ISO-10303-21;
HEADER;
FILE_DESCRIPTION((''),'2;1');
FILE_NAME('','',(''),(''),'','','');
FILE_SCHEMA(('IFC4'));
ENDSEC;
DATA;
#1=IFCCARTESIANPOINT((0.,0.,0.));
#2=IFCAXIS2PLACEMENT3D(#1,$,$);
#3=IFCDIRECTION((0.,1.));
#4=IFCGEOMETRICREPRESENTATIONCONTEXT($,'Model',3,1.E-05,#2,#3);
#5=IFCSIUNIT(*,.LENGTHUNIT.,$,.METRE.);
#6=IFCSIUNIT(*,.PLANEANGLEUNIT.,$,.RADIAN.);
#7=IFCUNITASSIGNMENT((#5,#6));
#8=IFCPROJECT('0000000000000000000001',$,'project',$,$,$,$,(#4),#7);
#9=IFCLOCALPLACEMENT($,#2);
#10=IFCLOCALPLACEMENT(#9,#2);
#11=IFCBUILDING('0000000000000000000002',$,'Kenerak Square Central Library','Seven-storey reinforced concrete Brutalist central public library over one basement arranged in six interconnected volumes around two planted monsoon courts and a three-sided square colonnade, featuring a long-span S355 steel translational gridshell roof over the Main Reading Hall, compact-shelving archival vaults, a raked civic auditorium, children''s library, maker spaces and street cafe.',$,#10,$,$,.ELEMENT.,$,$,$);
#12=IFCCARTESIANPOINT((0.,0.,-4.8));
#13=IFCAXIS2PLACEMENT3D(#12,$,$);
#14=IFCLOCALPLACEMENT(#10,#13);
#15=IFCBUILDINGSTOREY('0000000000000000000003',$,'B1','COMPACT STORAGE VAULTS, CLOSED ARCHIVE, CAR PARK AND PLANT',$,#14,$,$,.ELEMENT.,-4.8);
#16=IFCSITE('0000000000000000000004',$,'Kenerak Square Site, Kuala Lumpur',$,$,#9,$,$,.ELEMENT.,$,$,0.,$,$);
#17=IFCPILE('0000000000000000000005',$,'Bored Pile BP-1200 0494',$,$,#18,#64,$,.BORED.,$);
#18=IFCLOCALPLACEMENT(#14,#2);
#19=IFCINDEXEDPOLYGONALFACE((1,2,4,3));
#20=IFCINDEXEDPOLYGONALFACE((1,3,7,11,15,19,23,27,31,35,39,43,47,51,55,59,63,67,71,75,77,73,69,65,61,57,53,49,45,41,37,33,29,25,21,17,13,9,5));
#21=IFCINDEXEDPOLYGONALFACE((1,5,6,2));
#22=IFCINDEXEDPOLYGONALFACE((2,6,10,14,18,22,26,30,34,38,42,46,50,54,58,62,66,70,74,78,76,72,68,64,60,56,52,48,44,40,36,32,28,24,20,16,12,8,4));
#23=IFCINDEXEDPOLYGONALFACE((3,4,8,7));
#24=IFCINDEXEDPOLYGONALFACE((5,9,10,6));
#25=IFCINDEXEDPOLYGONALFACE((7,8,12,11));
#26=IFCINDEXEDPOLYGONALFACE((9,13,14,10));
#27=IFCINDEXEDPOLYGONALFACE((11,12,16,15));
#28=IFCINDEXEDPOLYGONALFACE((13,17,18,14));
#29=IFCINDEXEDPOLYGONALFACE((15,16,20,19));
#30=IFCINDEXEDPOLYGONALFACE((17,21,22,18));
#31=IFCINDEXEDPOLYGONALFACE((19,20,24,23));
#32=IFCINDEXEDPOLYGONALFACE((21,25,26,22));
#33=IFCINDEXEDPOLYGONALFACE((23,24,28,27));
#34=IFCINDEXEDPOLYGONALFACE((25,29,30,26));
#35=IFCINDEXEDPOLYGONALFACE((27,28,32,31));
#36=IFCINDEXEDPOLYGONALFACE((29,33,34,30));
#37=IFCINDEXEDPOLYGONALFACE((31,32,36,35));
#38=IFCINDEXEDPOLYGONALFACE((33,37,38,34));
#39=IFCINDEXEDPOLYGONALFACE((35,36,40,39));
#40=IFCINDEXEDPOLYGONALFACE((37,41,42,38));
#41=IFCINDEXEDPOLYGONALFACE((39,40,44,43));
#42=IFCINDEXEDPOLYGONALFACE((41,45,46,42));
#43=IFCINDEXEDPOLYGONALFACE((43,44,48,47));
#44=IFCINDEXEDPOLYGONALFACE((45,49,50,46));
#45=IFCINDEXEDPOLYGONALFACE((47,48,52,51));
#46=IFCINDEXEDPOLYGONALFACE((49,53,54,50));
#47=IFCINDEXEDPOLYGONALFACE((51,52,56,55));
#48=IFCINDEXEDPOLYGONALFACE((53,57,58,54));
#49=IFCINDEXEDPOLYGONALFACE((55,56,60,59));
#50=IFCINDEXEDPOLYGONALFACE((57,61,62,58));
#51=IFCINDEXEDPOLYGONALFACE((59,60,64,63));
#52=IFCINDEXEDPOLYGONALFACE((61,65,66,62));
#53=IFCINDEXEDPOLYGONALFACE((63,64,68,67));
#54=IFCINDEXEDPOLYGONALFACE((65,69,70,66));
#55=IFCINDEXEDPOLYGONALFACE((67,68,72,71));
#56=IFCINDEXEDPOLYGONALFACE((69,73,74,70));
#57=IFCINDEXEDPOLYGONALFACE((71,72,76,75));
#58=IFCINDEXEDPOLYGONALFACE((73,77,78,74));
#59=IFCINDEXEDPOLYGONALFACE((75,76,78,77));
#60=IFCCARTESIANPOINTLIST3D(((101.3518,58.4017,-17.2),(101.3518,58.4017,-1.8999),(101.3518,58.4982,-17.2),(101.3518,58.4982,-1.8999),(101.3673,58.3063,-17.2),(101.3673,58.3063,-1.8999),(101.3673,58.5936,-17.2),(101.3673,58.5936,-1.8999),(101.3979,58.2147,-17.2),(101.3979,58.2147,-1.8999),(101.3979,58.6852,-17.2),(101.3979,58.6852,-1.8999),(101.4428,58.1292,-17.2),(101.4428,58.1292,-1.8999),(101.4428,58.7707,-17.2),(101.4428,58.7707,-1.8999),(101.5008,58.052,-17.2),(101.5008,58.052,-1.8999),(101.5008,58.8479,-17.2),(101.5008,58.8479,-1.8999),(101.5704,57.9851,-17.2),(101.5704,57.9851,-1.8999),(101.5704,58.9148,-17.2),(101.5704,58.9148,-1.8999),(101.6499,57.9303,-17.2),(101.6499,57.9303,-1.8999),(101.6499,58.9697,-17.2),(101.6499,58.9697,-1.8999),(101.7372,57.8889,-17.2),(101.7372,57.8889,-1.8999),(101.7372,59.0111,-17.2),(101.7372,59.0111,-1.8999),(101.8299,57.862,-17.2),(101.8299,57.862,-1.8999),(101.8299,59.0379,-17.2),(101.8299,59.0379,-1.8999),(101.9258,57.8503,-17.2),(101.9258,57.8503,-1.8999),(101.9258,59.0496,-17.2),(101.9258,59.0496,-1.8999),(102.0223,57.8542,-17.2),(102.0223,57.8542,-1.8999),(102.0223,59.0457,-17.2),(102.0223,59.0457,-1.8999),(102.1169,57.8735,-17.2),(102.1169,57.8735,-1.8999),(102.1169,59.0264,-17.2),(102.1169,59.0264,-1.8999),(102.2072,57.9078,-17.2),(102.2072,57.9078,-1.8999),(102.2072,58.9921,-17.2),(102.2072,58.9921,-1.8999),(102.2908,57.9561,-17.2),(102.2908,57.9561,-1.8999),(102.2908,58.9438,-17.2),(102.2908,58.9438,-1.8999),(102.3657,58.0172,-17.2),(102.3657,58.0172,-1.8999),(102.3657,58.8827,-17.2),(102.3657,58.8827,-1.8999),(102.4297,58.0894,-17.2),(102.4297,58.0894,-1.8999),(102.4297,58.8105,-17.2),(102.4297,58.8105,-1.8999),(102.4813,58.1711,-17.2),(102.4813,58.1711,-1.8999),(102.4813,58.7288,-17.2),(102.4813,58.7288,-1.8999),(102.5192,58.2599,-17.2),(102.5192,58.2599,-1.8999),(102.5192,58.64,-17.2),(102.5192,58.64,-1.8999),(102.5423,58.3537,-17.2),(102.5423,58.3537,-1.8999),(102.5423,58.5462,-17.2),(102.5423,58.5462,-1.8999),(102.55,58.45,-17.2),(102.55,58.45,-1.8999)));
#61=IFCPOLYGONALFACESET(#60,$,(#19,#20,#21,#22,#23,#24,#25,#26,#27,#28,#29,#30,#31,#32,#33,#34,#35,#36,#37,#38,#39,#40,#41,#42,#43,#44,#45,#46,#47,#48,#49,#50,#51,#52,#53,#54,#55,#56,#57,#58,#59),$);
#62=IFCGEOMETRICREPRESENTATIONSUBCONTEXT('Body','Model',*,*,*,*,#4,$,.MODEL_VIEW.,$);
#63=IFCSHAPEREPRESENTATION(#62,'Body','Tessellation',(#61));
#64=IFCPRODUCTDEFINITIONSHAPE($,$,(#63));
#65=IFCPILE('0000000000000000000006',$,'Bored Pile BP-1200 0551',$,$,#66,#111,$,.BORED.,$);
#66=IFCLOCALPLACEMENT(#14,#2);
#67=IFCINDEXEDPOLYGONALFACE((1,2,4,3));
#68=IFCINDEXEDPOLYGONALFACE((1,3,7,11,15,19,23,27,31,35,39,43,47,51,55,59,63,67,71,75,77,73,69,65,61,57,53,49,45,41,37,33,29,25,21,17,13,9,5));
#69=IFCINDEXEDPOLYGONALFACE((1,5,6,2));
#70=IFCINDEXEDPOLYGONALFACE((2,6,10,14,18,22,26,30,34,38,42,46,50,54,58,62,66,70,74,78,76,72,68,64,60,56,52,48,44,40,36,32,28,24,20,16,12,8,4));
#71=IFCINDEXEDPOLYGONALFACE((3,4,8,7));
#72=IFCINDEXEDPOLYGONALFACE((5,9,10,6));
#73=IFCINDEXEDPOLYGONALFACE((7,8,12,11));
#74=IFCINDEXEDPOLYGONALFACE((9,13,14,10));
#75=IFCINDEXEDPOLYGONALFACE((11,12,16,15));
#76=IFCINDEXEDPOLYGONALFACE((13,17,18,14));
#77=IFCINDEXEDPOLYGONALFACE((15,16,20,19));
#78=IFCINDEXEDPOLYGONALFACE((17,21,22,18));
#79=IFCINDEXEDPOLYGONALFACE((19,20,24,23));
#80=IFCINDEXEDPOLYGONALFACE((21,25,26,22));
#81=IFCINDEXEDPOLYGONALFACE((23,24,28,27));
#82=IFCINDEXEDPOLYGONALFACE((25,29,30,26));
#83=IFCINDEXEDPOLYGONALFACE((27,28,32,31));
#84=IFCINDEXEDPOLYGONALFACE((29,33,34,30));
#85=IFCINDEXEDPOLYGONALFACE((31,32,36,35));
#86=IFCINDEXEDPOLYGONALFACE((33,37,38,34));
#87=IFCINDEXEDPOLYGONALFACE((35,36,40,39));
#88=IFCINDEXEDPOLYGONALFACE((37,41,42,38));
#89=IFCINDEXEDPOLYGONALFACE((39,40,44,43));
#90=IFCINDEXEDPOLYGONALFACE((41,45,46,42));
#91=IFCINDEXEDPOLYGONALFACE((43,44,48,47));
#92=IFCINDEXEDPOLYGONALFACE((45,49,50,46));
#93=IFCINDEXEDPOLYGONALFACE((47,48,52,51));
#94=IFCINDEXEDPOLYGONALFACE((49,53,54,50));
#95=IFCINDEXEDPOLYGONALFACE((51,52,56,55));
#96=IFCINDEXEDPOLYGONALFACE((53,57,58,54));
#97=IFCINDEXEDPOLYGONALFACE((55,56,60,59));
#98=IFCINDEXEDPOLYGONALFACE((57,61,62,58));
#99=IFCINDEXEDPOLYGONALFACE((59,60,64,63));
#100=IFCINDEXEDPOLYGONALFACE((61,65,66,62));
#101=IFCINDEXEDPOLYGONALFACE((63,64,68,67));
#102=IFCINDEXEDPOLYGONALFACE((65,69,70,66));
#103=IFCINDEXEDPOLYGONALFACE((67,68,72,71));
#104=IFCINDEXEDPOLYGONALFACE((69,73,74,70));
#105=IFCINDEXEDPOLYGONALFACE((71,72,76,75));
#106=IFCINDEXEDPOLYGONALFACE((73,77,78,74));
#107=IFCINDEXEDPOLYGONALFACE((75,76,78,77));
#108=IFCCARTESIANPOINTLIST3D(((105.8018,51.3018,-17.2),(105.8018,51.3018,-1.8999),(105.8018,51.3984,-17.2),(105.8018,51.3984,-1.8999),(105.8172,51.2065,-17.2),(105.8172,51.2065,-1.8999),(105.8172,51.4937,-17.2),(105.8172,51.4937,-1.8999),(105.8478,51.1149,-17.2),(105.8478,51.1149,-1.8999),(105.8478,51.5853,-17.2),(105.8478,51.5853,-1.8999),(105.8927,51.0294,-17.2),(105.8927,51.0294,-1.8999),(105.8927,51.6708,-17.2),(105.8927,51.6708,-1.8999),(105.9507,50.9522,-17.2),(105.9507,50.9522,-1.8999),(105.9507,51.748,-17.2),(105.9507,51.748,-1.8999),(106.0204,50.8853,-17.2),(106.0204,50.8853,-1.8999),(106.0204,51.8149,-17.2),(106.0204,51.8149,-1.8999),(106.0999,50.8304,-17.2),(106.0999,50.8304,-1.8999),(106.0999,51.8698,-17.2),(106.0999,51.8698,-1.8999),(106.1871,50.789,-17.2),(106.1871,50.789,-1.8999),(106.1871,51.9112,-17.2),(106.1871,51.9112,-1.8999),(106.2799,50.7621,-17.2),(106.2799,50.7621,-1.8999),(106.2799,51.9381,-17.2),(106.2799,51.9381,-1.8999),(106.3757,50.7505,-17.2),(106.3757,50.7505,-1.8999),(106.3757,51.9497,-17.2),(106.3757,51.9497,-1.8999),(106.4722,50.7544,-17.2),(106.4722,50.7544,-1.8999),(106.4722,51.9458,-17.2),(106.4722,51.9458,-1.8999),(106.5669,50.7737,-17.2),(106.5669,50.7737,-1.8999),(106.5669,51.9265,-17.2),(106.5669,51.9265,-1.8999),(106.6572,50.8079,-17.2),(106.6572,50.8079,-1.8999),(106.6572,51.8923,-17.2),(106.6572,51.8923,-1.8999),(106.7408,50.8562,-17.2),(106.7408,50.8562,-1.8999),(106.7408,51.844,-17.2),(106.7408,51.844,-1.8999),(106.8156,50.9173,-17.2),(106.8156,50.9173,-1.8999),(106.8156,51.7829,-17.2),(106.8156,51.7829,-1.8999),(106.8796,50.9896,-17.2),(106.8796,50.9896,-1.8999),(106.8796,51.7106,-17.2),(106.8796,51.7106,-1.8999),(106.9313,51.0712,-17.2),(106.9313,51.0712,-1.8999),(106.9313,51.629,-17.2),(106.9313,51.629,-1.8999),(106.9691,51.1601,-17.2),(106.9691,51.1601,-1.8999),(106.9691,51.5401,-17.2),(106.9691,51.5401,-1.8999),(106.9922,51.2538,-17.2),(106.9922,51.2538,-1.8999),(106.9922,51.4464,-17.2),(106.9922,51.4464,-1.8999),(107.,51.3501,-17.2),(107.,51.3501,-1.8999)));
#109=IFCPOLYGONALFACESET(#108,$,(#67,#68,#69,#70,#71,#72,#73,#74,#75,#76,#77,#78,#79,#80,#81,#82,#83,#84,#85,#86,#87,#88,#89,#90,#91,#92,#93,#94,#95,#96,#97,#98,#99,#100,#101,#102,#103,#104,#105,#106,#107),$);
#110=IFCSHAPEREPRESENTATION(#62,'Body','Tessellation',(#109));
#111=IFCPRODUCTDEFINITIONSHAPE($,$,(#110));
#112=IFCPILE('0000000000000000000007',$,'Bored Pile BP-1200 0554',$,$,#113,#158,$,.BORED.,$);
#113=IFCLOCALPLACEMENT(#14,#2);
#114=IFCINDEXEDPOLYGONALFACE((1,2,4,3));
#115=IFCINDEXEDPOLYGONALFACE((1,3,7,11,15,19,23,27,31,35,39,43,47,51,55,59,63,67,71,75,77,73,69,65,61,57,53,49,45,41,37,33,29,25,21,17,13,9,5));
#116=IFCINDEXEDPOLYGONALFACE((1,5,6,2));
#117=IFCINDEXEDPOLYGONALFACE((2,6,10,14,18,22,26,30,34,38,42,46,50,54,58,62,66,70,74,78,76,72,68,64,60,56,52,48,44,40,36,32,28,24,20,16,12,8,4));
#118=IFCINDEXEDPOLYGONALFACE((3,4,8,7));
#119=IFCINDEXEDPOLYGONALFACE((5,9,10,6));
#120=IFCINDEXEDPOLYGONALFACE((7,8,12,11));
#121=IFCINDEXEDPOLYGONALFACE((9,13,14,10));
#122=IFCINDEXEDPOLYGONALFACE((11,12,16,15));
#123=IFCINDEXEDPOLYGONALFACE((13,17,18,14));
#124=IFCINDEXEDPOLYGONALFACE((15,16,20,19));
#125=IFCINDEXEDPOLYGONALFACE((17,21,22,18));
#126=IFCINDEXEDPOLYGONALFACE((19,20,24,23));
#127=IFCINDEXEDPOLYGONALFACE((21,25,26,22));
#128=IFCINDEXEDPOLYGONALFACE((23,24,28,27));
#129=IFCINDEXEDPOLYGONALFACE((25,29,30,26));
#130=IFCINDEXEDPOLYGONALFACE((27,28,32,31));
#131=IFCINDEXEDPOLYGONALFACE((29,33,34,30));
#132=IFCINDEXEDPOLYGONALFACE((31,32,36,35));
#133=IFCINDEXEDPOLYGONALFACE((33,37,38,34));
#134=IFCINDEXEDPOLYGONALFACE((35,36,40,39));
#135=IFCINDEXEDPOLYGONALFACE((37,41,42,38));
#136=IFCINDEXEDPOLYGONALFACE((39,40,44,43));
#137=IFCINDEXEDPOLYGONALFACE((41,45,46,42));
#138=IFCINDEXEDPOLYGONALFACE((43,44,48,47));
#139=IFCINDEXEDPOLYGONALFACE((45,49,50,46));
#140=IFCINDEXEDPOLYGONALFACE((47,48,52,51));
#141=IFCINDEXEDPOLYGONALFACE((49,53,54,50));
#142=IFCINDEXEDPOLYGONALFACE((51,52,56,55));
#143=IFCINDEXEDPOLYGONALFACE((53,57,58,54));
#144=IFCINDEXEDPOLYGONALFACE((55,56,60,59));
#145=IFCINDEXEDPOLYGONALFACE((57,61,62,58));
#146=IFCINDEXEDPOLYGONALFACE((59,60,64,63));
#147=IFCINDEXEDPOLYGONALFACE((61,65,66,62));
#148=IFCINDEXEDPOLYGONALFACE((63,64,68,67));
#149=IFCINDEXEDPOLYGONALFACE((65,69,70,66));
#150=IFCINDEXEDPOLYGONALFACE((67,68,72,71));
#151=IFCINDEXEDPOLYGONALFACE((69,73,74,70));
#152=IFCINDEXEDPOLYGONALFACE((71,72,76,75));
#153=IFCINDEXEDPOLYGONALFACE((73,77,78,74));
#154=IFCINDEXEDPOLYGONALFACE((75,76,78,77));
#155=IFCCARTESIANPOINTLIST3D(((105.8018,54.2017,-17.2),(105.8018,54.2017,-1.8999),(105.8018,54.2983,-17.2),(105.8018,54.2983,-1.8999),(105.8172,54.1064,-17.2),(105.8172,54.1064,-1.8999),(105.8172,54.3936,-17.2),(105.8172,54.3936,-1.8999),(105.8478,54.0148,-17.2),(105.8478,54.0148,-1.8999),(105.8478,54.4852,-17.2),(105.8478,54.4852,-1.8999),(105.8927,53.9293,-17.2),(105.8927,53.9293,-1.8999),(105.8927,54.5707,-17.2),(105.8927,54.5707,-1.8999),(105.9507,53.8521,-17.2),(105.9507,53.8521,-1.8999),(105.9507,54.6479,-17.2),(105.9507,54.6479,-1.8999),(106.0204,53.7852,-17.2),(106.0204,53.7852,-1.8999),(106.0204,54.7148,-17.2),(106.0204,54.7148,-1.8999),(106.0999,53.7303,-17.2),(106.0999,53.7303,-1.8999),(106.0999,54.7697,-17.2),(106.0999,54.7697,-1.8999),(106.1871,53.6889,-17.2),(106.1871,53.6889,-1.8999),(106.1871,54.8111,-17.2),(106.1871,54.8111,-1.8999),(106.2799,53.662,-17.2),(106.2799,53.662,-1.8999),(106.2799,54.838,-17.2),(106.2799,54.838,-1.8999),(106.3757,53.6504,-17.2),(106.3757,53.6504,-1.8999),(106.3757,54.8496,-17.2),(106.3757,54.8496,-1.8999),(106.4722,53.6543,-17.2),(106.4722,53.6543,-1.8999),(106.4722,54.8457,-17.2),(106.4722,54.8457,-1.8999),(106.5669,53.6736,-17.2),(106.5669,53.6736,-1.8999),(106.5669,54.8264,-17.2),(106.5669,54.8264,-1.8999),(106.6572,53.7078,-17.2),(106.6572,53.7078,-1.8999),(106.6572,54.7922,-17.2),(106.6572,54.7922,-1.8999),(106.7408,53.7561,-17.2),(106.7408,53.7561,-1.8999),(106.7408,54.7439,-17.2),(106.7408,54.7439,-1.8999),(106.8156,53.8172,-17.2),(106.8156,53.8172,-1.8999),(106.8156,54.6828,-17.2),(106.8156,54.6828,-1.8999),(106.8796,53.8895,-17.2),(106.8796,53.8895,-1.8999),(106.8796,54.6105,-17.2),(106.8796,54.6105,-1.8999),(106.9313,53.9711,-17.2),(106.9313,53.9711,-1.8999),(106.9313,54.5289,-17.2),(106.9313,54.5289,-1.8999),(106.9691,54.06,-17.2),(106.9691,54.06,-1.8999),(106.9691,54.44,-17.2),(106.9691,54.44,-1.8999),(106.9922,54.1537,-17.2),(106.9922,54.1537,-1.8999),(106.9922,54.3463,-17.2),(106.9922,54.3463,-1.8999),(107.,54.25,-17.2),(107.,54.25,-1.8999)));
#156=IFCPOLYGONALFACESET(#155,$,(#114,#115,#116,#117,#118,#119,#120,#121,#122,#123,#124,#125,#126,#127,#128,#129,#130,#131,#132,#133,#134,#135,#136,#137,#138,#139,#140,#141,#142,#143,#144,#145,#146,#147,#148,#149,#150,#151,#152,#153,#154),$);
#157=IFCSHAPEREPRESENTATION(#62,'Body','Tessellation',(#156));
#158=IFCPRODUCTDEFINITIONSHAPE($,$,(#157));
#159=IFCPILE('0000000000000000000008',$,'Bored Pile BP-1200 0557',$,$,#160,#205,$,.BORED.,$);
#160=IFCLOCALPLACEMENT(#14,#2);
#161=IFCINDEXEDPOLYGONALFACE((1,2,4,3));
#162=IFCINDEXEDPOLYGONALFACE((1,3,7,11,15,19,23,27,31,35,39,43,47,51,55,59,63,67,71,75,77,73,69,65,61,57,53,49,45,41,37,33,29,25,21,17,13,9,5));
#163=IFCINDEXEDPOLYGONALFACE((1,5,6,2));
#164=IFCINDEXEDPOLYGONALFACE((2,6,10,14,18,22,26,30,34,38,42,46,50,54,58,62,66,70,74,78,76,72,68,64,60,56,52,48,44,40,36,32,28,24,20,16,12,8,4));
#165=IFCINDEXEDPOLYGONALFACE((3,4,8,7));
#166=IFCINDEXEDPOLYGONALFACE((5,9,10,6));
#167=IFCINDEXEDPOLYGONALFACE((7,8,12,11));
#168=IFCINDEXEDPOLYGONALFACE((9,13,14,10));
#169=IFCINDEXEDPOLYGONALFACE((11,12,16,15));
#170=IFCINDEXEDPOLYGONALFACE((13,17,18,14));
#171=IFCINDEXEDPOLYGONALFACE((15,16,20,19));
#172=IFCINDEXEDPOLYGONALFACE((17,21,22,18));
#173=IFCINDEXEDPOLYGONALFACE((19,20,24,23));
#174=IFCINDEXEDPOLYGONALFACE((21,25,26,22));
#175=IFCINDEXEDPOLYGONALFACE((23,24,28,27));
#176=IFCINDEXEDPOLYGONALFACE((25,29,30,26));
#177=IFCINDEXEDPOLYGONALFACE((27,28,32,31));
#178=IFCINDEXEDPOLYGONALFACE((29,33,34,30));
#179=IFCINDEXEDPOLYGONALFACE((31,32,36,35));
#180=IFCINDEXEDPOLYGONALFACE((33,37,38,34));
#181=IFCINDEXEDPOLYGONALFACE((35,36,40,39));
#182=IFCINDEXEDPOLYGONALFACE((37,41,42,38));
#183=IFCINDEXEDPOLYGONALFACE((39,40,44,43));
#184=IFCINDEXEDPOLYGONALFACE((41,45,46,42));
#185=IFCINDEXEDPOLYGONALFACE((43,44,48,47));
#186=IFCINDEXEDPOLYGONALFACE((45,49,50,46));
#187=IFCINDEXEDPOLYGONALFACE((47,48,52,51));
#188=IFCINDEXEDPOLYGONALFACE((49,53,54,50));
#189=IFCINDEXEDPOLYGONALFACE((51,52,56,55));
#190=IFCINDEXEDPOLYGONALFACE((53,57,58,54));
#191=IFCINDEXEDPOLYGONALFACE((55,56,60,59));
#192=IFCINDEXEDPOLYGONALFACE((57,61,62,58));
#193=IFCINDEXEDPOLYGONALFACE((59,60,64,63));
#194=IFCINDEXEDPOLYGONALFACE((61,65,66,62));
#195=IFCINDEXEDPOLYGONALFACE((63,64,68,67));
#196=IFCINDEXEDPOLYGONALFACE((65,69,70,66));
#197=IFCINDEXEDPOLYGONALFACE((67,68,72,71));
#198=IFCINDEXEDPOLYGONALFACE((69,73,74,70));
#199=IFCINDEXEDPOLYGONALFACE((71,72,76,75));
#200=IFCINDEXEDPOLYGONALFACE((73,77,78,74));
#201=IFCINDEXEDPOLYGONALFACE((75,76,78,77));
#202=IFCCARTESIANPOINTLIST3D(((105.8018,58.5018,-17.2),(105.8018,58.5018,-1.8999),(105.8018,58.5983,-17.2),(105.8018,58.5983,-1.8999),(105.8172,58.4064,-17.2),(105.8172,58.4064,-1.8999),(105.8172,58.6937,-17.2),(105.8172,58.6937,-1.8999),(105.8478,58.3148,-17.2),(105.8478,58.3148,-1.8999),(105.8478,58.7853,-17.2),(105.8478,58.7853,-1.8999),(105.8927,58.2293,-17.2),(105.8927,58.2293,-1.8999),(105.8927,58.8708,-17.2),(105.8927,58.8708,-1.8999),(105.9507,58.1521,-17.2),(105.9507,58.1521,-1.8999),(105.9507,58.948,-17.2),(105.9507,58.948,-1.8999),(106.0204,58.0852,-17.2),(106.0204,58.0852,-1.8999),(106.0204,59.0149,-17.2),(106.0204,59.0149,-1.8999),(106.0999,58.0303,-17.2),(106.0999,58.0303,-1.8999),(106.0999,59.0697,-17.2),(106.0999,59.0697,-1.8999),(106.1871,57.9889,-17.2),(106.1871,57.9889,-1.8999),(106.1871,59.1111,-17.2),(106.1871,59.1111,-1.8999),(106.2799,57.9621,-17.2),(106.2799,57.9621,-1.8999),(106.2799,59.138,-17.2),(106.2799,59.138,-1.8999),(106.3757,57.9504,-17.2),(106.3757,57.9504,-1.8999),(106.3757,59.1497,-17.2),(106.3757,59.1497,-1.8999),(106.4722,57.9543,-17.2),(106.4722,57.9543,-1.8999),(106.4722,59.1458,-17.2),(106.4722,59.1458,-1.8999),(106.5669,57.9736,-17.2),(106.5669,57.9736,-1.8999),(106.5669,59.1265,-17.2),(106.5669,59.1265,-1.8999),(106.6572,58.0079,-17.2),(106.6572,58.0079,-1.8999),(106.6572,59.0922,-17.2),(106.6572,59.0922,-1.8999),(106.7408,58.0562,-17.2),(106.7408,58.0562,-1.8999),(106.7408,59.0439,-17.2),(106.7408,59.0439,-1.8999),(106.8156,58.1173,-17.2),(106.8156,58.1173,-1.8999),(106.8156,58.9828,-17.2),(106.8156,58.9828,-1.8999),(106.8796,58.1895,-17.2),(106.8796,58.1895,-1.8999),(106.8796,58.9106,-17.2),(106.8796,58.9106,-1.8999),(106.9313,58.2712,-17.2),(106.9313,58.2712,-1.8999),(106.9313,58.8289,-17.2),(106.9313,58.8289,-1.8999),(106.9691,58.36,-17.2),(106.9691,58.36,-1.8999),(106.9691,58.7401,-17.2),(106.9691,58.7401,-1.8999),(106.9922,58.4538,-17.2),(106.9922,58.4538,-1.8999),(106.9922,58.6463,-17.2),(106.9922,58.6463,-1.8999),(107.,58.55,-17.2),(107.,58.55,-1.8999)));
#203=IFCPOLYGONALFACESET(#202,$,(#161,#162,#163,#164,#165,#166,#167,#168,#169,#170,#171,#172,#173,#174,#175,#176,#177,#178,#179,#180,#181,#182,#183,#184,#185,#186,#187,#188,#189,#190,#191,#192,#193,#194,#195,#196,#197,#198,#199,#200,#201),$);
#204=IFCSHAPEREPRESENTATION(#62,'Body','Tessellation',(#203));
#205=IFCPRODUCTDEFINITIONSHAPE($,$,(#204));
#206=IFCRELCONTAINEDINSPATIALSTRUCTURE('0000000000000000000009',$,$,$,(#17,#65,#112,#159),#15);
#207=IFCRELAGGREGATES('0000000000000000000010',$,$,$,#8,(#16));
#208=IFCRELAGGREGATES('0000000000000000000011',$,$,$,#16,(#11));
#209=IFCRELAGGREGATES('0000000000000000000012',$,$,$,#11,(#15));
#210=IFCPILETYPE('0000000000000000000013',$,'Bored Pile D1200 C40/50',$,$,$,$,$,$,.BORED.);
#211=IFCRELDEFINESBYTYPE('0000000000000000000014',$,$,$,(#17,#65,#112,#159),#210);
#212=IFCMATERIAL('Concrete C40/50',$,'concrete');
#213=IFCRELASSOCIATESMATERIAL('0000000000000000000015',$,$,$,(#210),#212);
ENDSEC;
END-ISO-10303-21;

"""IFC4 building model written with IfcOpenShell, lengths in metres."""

from ifc_helpers import new_model, si_unit, direction, frame, origin, origin_2d, place, context, subcontext, project, spatial, circle, extrude, material, material_profile, profile_set, type_object, element, save


model = new_model("IFC4")

# Units and contexts
model_context = context("Model", 3, precision=1e-05, world=origin(), true_north=direction((0.0, 1.0)))
body_context = subcontext(model_context, "Body", "Model", "MODEL_VIEW")
ifc_project = project(units=[si_unit("LENGTHUNIT", "METRE"), si_unit("PLANEANGLEUNIT", "RADIAN")], contexts=[model_context])

# Site, building, storey
site_placement = place(None, origin())
site = spatial("IfcSite", under=ifc_project, at=site_placement, Name="Kenerak Square Site, Kuala Lumpur", CompositionType="ELEMENT", RefElevation=0.0)
building_placement = place(site_placement, origin())
building = spatial("IfcBuilding", under=site, at=building_placement, Name="Kenerak Square Central Library", Description="Seven-storey reinforced concrete Brutalist central public library over one basement arranged in six interconnected volumes around two planted monsoon courts and a three-sided square colonnade, featuring a long-span S355 steel translational gridshell roof over the Main Reading Hall, compact-shelving archival vaults, a raked civic auditorium, children's library, maker spaces and street cafe.", CompositionType="ELEMENT")
storey_placement = place(building_placement, frame((0.0, 0.0, -4.8)))
storey = spatial("IfcBuildingStorey", under=building, at=storey_placement, Name="B1", Description="COMPACT STORAGE VAULTS, CLOSED ARCHIVE, CAR PARK AND PLANT", CompositionType="ELEMENT", Elevation=-4.8)

# Piles
ifc_material_1 = material(Name="Concrete C40/50", Category="concrete")
ifc_material_profile_1 = material_profile(ifc_material_1, circle(Radius=0.6001, at=origin_2d()), Name="BP D1200")
ifc_profile_set_1 = profile_set([ifc_material_profile_1], Name="Concrete C40/50")
pile_type_1 = type_object("IfcPileType", Name="Bored Pile D1200 C40/50", PredefinedType="BORED", material=ifc_profile_set_1)
for number, where, z_axis, x_axis, name in (
    (1, (101.95, 58.45, -1.8999), (0.0, 0.0, -1.0), (1.0, 0.0, 0.0), "Bored Pile BP-1200 0494"),
    (2, (106.3999, 51.3501, -1.8999), (0.0, 0.0, -1.0), (1.0, 0.0, 0.0), "Bored Pile BP-1200 0551"),
    (3, (106.3999, 54.25, -1.8999), (0.0, 0.0, -1.0), (1.0, 0.0, 0.0), "Bored Pile BP-1200 0554"),
    (4, (106.3999, 58.55, -1.8999), (0.0, 0.0, -1.0), (1.0, 0.0, 0.0), "Bored Pile BP-1200 0557"),
):
    element("IfcPile", number, at=place(storey_placement, frame(where, z_axis=z_axis, x_axis=x_axis)), inside=storey, type_object=pile_type_1, Name=name, PredefinedType="BORED", context=body_context, shape_type="SweptSolid", body=[
        extrude(circle(Radius=0.6001, at=origin_2d()), origin(), (0.0, 0.0, 1.0), 15.3),
    ])

save(model, "model.ifc")
